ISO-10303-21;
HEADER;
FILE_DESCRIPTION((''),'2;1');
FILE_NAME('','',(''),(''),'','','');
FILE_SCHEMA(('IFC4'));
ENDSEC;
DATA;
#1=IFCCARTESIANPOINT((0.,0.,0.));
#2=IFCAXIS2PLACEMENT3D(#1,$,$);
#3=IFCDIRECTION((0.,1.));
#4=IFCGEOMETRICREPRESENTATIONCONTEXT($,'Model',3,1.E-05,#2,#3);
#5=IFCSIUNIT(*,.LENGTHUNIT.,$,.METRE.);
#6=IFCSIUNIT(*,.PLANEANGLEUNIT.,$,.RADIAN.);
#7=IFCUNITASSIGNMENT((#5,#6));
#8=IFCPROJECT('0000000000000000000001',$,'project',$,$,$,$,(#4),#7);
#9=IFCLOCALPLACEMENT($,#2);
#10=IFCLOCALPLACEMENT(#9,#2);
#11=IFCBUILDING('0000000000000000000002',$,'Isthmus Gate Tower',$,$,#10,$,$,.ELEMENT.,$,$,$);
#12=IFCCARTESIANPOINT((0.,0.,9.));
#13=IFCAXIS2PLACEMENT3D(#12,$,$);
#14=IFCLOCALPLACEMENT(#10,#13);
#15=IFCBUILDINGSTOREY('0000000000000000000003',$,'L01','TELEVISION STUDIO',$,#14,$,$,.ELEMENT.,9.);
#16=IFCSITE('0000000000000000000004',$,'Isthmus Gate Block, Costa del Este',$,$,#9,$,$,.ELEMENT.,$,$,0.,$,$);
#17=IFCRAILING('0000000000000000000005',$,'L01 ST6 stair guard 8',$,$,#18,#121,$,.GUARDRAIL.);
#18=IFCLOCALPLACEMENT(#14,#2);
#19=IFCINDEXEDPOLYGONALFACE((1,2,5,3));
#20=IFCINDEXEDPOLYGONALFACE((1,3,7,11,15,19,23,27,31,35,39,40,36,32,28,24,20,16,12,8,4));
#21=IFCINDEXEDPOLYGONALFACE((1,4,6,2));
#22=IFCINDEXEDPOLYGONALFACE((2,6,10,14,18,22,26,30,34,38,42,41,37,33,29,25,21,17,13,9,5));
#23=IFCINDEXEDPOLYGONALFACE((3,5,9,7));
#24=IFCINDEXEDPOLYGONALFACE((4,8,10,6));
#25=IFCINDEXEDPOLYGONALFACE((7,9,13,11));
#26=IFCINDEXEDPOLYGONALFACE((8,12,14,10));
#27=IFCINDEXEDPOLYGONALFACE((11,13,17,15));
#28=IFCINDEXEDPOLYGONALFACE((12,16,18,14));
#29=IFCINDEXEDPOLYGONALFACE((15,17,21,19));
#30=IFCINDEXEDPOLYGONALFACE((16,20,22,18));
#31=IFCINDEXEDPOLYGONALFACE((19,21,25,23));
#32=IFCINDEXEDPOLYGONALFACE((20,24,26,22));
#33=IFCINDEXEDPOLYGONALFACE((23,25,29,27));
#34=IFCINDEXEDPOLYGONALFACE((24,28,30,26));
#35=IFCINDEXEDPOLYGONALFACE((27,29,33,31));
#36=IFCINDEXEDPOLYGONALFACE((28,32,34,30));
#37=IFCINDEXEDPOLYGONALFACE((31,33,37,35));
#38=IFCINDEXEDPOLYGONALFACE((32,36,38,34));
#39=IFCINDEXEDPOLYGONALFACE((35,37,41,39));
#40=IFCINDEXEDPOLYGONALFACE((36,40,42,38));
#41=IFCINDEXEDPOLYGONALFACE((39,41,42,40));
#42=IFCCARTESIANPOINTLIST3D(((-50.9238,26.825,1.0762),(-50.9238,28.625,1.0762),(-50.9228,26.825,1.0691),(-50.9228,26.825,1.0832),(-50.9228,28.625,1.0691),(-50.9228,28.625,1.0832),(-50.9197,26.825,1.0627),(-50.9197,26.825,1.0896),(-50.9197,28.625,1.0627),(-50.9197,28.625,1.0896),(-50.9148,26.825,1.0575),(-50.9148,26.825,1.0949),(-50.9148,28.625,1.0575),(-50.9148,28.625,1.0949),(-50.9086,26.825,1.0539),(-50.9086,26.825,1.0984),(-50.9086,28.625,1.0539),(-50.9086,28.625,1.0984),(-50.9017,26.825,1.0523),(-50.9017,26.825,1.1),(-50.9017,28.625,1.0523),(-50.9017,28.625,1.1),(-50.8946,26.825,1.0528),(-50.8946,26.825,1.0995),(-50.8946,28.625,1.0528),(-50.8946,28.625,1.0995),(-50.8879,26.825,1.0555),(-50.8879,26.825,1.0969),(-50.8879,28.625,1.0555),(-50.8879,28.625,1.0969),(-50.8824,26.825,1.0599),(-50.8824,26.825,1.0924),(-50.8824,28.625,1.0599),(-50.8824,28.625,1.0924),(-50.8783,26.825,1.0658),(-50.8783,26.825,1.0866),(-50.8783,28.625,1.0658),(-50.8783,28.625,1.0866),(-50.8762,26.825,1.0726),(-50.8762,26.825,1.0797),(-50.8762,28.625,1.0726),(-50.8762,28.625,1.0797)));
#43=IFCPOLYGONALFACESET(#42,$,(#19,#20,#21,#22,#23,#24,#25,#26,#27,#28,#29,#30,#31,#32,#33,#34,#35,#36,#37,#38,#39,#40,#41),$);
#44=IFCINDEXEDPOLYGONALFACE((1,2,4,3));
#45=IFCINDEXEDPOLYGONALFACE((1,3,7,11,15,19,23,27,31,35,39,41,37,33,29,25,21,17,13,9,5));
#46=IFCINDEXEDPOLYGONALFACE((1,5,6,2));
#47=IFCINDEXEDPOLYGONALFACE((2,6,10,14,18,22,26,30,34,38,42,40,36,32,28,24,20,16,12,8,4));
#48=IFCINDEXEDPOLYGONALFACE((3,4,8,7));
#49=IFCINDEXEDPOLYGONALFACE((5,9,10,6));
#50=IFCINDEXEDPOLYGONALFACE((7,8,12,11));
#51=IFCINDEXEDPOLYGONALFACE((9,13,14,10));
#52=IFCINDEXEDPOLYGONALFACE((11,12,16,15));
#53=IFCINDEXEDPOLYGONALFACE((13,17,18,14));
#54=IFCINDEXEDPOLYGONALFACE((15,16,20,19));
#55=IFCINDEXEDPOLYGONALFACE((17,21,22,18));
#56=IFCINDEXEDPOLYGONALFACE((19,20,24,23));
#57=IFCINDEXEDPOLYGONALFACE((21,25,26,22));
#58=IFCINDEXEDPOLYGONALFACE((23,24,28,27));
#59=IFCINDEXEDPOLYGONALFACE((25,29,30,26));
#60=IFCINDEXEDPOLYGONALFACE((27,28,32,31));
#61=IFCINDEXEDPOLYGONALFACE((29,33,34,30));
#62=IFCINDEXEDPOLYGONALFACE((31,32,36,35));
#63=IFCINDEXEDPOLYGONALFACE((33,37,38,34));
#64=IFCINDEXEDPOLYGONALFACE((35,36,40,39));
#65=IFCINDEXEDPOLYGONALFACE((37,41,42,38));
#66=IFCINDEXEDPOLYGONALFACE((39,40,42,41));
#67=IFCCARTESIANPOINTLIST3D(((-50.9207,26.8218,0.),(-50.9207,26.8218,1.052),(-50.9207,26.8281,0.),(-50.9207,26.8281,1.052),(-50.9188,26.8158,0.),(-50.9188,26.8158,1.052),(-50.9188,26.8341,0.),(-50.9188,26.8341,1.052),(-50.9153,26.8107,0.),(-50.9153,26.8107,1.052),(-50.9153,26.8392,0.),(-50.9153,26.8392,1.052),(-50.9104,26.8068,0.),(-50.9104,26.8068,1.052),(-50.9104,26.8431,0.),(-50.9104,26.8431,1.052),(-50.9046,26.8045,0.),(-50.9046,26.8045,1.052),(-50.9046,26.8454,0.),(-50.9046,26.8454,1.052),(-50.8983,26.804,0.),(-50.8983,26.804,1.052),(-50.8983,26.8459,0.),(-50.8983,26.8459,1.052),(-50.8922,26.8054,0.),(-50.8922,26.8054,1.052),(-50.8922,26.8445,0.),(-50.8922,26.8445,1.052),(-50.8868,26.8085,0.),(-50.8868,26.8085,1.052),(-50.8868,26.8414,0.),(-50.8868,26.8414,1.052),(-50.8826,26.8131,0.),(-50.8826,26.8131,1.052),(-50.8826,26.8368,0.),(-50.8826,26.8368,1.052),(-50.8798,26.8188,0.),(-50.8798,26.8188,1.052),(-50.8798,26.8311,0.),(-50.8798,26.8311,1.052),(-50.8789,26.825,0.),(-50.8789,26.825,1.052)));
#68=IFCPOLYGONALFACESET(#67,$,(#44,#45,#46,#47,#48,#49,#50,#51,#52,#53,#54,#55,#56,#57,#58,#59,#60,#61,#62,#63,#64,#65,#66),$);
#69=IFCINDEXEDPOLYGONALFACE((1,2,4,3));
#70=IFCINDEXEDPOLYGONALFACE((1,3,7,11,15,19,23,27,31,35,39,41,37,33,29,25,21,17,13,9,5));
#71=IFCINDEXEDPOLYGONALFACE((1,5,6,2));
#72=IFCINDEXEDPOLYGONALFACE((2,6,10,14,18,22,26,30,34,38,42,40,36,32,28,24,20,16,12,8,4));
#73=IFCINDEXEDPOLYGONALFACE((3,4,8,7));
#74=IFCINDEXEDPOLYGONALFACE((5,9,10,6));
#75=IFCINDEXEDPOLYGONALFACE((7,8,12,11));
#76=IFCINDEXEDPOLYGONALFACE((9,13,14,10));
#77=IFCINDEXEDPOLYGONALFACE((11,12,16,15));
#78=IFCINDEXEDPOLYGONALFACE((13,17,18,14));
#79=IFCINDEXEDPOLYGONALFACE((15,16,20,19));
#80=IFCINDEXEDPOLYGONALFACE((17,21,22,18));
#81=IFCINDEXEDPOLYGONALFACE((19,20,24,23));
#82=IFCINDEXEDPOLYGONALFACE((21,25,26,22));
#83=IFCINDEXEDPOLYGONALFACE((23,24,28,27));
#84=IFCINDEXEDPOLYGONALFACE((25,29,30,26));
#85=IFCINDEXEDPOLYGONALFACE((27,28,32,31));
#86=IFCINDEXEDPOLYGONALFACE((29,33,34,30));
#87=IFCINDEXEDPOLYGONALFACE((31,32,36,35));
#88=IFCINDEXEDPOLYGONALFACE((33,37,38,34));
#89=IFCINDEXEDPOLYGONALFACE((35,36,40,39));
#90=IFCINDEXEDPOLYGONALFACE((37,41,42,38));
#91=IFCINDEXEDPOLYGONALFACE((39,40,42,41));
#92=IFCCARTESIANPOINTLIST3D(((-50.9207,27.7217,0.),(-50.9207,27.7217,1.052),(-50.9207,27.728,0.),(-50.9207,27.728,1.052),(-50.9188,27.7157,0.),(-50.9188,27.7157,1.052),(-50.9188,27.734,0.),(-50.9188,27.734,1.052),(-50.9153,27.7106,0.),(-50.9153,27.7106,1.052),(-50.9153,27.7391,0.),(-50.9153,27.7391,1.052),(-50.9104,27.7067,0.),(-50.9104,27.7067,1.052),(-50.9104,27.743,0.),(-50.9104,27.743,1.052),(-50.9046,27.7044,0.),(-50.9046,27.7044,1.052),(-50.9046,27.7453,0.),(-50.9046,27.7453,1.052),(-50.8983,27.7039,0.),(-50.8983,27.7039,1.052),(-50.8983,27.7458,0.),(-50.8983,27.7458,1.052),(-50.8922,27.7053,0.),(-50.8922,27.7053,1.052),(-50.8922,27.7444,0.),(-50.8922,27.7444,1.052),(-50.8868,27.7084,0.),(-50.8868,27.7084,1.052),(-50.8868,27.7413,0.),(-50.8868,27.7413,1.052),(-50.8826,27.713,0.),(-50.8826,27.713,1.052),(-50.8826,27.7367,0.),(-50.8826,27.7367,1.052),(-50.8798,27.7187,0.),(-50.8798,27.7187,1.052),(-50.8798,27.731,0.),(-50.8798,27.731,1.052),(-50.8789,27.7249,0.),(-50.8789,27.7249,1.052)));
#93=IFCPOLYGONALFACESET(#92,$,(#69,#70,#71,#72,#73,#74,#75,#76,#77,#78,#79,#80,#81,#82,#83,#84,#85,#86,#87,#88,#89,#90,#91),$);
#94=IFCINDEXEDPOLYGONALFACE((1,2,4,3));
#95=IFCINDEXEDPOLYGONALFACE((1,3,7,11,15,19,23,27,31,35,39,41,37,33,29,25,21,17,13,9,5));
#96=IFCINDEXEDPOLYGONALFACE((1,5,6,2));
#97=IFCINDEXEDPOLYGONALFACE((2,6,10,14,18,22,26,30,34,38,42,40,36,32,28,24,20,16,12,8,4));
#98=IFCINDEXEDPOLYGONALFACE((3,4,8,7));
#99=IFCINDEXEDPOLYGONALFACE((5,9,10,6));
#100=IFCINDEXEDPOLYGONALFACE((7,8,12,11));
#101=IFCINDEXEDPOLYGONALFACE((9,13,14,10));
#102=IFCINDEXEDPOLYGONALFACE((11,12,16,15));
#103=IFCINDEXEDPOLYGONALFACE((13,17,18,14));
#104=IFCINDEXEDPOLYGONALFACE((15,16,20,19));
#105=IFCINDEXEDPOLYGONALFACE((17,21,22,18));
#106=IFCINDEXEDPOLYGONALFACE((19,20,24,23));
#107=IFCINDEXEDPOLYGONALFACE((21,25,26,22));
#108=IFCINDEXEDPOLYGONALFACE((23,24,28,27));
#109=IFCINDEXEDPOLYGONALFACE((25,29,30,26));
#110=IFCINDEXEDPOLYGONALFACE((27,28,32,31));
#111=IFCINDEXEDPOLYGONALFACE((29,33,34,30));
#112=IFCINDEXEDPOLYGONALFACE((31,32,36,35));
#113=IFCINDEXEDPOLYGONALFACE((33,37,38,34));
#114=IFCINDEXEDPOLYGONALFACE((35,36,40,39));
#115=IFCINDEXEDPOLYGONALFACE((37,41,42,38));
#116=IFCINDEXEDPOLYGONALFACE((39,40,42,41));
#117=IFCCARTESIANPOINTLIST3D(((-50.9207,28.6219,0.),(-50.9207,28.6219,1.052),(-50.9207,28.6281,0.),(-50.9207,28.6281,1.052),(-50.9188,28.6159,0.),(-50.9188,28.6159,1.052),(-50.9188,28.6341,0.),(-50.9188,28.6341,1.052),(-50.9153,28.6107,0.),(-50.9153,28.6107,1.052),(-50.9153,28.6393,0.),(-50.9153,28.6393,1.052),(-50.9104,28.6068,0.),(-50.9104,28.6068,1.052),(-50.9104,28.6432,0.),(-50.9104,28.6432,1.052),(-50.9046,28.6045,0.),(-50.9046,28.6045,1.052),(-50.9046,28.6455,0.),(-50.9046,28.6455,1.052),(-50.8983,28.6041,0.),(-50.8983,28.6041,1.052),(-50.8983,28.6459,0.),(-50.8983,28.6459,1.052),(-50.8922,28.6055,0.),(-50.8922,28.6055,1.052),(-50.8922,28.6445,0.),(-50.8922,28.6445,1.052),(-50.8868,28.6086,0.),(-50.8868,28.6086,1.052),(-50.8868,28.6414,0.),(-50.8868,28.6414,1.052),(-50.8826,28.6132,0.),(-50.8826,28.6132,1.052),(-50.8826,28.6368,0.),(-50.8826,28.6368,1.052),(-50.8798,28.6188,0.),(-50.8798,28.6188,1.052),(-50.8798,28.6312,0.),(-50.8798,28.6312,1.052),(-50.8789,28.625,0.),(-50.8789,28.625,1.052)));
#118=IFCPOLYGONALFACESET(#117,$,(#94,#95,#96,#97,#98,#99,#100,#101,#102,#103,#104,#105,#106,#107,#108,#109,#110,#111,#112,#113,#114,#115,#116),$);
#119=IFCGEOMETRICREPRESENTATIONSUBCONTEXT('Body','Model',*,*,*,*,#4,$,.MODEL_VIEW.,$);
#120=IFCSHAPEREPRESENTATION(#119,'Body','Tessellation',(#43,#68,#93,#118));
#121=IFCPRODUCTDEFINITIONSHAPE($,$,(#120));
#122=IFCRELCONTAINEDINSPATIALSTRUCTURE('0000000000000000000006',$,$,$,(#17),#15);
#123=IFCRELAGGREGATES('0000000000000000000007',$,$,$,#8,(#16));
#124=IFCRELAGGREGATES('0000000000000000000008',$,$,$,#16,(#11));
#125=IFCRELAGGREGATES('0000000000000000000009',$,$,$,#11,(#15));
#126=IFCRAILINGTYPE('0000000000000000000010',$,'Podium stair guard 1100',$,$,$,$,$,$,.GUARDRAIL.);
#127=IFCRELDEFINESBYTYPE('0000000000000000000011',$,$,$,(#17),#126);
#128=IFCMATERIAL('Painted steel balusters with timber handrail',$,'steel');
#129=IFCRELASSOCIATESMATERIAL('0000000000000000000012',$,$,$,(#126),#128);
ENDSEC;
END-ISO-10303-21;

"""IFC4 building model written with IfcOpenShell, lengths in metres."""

from ifc_helpers import new_model, si_unit, direction, frame, origin, origin_2d, place, context, subcontext, project, spatial, circle, extrude, material, type_object, element, save


model = new_model("IFC4")

# Units and contexts
model_context = context("Model", 3, precision=1e-05, world=origin(), true_north=direction((0.0, 1.0)))
body_context = subcontext(model_context, "Body", "Model", "MODEL_VIEW")
ifc_project = project(units=[si_unit("LENGTHUNIT", "METRE"), si_unit("PLANEANGLEUNIT", "RADIAN")], contexts=[model_context])

# Site, building, storey
site_placement = place(None, origin())
site = spatial("IfcSite", under=ifc_project, at=site_placement, Name="Isthmus Gate Block, Costa del Este", CompositionType="ELEMENT", RefElevation=0.0)
building_placement = place(site_placement, origin())
building = spatial("IfcBuilding", under=site, at=building_placement, Name="Isthmus Gate Tower", CompositionType="ELEMENT")
storey_placement = place(building_placement, frame((0.0, 0.0, 9.0)))
storey = spatial("IfcBuildingStorey", under=building, at=storey_placement, Name="L01", Description="TELEVISION STUDIO", CompositionType="ELEMENT", Elevation=9.0)

# Railing
ifc_material_1 = material(Name="Painted steel balusters with timber handrail", Category="steel")
railing_type_1 = type_object("IfcRailingType", Name="Podium stair guard 1100", PredefinedType="GUARDRAIL", material=ifc_material_1)
railing_1_placement = place(storey_placement, frame((-50.8999, 26.825, 0.0)))
element("IfcRailing", 1, at=railing_1_placement, inside=storey, type_object=railing_type_1, Name="L01 ST6 stair guard 8", PredefinedType="GUARDRAIL", context=body_context, shape_type="SweptSolid", body=[
    extrude(circle(Radius=0.0239, at=origin_2d()), frame((0.0, 0.0, 1.0762), z_axis=(0.0, 1.0, 0.0), x_axis=(-1.0, 0.0, 0.0)), (0.0, 0.0, 1.0), 1.8),
    extrude(circle(Radius=0.021, at=origin_2d()), origin(), (0.0, 0.0, 1.0), 1.052),
    extrude(circle(Radius=0.021, at=origin_2d()), frame((0.0, 0.8999, 0.0)), (0.0, 0.0, 1.0), 1.052),
    extrude(circle(Radius=0.021, at=origin_2d()), frame((0.0, 1.8, 0.0)), (0.0, 0.0, 1.0), 1.052),
])

save(model, "model.ifc")
